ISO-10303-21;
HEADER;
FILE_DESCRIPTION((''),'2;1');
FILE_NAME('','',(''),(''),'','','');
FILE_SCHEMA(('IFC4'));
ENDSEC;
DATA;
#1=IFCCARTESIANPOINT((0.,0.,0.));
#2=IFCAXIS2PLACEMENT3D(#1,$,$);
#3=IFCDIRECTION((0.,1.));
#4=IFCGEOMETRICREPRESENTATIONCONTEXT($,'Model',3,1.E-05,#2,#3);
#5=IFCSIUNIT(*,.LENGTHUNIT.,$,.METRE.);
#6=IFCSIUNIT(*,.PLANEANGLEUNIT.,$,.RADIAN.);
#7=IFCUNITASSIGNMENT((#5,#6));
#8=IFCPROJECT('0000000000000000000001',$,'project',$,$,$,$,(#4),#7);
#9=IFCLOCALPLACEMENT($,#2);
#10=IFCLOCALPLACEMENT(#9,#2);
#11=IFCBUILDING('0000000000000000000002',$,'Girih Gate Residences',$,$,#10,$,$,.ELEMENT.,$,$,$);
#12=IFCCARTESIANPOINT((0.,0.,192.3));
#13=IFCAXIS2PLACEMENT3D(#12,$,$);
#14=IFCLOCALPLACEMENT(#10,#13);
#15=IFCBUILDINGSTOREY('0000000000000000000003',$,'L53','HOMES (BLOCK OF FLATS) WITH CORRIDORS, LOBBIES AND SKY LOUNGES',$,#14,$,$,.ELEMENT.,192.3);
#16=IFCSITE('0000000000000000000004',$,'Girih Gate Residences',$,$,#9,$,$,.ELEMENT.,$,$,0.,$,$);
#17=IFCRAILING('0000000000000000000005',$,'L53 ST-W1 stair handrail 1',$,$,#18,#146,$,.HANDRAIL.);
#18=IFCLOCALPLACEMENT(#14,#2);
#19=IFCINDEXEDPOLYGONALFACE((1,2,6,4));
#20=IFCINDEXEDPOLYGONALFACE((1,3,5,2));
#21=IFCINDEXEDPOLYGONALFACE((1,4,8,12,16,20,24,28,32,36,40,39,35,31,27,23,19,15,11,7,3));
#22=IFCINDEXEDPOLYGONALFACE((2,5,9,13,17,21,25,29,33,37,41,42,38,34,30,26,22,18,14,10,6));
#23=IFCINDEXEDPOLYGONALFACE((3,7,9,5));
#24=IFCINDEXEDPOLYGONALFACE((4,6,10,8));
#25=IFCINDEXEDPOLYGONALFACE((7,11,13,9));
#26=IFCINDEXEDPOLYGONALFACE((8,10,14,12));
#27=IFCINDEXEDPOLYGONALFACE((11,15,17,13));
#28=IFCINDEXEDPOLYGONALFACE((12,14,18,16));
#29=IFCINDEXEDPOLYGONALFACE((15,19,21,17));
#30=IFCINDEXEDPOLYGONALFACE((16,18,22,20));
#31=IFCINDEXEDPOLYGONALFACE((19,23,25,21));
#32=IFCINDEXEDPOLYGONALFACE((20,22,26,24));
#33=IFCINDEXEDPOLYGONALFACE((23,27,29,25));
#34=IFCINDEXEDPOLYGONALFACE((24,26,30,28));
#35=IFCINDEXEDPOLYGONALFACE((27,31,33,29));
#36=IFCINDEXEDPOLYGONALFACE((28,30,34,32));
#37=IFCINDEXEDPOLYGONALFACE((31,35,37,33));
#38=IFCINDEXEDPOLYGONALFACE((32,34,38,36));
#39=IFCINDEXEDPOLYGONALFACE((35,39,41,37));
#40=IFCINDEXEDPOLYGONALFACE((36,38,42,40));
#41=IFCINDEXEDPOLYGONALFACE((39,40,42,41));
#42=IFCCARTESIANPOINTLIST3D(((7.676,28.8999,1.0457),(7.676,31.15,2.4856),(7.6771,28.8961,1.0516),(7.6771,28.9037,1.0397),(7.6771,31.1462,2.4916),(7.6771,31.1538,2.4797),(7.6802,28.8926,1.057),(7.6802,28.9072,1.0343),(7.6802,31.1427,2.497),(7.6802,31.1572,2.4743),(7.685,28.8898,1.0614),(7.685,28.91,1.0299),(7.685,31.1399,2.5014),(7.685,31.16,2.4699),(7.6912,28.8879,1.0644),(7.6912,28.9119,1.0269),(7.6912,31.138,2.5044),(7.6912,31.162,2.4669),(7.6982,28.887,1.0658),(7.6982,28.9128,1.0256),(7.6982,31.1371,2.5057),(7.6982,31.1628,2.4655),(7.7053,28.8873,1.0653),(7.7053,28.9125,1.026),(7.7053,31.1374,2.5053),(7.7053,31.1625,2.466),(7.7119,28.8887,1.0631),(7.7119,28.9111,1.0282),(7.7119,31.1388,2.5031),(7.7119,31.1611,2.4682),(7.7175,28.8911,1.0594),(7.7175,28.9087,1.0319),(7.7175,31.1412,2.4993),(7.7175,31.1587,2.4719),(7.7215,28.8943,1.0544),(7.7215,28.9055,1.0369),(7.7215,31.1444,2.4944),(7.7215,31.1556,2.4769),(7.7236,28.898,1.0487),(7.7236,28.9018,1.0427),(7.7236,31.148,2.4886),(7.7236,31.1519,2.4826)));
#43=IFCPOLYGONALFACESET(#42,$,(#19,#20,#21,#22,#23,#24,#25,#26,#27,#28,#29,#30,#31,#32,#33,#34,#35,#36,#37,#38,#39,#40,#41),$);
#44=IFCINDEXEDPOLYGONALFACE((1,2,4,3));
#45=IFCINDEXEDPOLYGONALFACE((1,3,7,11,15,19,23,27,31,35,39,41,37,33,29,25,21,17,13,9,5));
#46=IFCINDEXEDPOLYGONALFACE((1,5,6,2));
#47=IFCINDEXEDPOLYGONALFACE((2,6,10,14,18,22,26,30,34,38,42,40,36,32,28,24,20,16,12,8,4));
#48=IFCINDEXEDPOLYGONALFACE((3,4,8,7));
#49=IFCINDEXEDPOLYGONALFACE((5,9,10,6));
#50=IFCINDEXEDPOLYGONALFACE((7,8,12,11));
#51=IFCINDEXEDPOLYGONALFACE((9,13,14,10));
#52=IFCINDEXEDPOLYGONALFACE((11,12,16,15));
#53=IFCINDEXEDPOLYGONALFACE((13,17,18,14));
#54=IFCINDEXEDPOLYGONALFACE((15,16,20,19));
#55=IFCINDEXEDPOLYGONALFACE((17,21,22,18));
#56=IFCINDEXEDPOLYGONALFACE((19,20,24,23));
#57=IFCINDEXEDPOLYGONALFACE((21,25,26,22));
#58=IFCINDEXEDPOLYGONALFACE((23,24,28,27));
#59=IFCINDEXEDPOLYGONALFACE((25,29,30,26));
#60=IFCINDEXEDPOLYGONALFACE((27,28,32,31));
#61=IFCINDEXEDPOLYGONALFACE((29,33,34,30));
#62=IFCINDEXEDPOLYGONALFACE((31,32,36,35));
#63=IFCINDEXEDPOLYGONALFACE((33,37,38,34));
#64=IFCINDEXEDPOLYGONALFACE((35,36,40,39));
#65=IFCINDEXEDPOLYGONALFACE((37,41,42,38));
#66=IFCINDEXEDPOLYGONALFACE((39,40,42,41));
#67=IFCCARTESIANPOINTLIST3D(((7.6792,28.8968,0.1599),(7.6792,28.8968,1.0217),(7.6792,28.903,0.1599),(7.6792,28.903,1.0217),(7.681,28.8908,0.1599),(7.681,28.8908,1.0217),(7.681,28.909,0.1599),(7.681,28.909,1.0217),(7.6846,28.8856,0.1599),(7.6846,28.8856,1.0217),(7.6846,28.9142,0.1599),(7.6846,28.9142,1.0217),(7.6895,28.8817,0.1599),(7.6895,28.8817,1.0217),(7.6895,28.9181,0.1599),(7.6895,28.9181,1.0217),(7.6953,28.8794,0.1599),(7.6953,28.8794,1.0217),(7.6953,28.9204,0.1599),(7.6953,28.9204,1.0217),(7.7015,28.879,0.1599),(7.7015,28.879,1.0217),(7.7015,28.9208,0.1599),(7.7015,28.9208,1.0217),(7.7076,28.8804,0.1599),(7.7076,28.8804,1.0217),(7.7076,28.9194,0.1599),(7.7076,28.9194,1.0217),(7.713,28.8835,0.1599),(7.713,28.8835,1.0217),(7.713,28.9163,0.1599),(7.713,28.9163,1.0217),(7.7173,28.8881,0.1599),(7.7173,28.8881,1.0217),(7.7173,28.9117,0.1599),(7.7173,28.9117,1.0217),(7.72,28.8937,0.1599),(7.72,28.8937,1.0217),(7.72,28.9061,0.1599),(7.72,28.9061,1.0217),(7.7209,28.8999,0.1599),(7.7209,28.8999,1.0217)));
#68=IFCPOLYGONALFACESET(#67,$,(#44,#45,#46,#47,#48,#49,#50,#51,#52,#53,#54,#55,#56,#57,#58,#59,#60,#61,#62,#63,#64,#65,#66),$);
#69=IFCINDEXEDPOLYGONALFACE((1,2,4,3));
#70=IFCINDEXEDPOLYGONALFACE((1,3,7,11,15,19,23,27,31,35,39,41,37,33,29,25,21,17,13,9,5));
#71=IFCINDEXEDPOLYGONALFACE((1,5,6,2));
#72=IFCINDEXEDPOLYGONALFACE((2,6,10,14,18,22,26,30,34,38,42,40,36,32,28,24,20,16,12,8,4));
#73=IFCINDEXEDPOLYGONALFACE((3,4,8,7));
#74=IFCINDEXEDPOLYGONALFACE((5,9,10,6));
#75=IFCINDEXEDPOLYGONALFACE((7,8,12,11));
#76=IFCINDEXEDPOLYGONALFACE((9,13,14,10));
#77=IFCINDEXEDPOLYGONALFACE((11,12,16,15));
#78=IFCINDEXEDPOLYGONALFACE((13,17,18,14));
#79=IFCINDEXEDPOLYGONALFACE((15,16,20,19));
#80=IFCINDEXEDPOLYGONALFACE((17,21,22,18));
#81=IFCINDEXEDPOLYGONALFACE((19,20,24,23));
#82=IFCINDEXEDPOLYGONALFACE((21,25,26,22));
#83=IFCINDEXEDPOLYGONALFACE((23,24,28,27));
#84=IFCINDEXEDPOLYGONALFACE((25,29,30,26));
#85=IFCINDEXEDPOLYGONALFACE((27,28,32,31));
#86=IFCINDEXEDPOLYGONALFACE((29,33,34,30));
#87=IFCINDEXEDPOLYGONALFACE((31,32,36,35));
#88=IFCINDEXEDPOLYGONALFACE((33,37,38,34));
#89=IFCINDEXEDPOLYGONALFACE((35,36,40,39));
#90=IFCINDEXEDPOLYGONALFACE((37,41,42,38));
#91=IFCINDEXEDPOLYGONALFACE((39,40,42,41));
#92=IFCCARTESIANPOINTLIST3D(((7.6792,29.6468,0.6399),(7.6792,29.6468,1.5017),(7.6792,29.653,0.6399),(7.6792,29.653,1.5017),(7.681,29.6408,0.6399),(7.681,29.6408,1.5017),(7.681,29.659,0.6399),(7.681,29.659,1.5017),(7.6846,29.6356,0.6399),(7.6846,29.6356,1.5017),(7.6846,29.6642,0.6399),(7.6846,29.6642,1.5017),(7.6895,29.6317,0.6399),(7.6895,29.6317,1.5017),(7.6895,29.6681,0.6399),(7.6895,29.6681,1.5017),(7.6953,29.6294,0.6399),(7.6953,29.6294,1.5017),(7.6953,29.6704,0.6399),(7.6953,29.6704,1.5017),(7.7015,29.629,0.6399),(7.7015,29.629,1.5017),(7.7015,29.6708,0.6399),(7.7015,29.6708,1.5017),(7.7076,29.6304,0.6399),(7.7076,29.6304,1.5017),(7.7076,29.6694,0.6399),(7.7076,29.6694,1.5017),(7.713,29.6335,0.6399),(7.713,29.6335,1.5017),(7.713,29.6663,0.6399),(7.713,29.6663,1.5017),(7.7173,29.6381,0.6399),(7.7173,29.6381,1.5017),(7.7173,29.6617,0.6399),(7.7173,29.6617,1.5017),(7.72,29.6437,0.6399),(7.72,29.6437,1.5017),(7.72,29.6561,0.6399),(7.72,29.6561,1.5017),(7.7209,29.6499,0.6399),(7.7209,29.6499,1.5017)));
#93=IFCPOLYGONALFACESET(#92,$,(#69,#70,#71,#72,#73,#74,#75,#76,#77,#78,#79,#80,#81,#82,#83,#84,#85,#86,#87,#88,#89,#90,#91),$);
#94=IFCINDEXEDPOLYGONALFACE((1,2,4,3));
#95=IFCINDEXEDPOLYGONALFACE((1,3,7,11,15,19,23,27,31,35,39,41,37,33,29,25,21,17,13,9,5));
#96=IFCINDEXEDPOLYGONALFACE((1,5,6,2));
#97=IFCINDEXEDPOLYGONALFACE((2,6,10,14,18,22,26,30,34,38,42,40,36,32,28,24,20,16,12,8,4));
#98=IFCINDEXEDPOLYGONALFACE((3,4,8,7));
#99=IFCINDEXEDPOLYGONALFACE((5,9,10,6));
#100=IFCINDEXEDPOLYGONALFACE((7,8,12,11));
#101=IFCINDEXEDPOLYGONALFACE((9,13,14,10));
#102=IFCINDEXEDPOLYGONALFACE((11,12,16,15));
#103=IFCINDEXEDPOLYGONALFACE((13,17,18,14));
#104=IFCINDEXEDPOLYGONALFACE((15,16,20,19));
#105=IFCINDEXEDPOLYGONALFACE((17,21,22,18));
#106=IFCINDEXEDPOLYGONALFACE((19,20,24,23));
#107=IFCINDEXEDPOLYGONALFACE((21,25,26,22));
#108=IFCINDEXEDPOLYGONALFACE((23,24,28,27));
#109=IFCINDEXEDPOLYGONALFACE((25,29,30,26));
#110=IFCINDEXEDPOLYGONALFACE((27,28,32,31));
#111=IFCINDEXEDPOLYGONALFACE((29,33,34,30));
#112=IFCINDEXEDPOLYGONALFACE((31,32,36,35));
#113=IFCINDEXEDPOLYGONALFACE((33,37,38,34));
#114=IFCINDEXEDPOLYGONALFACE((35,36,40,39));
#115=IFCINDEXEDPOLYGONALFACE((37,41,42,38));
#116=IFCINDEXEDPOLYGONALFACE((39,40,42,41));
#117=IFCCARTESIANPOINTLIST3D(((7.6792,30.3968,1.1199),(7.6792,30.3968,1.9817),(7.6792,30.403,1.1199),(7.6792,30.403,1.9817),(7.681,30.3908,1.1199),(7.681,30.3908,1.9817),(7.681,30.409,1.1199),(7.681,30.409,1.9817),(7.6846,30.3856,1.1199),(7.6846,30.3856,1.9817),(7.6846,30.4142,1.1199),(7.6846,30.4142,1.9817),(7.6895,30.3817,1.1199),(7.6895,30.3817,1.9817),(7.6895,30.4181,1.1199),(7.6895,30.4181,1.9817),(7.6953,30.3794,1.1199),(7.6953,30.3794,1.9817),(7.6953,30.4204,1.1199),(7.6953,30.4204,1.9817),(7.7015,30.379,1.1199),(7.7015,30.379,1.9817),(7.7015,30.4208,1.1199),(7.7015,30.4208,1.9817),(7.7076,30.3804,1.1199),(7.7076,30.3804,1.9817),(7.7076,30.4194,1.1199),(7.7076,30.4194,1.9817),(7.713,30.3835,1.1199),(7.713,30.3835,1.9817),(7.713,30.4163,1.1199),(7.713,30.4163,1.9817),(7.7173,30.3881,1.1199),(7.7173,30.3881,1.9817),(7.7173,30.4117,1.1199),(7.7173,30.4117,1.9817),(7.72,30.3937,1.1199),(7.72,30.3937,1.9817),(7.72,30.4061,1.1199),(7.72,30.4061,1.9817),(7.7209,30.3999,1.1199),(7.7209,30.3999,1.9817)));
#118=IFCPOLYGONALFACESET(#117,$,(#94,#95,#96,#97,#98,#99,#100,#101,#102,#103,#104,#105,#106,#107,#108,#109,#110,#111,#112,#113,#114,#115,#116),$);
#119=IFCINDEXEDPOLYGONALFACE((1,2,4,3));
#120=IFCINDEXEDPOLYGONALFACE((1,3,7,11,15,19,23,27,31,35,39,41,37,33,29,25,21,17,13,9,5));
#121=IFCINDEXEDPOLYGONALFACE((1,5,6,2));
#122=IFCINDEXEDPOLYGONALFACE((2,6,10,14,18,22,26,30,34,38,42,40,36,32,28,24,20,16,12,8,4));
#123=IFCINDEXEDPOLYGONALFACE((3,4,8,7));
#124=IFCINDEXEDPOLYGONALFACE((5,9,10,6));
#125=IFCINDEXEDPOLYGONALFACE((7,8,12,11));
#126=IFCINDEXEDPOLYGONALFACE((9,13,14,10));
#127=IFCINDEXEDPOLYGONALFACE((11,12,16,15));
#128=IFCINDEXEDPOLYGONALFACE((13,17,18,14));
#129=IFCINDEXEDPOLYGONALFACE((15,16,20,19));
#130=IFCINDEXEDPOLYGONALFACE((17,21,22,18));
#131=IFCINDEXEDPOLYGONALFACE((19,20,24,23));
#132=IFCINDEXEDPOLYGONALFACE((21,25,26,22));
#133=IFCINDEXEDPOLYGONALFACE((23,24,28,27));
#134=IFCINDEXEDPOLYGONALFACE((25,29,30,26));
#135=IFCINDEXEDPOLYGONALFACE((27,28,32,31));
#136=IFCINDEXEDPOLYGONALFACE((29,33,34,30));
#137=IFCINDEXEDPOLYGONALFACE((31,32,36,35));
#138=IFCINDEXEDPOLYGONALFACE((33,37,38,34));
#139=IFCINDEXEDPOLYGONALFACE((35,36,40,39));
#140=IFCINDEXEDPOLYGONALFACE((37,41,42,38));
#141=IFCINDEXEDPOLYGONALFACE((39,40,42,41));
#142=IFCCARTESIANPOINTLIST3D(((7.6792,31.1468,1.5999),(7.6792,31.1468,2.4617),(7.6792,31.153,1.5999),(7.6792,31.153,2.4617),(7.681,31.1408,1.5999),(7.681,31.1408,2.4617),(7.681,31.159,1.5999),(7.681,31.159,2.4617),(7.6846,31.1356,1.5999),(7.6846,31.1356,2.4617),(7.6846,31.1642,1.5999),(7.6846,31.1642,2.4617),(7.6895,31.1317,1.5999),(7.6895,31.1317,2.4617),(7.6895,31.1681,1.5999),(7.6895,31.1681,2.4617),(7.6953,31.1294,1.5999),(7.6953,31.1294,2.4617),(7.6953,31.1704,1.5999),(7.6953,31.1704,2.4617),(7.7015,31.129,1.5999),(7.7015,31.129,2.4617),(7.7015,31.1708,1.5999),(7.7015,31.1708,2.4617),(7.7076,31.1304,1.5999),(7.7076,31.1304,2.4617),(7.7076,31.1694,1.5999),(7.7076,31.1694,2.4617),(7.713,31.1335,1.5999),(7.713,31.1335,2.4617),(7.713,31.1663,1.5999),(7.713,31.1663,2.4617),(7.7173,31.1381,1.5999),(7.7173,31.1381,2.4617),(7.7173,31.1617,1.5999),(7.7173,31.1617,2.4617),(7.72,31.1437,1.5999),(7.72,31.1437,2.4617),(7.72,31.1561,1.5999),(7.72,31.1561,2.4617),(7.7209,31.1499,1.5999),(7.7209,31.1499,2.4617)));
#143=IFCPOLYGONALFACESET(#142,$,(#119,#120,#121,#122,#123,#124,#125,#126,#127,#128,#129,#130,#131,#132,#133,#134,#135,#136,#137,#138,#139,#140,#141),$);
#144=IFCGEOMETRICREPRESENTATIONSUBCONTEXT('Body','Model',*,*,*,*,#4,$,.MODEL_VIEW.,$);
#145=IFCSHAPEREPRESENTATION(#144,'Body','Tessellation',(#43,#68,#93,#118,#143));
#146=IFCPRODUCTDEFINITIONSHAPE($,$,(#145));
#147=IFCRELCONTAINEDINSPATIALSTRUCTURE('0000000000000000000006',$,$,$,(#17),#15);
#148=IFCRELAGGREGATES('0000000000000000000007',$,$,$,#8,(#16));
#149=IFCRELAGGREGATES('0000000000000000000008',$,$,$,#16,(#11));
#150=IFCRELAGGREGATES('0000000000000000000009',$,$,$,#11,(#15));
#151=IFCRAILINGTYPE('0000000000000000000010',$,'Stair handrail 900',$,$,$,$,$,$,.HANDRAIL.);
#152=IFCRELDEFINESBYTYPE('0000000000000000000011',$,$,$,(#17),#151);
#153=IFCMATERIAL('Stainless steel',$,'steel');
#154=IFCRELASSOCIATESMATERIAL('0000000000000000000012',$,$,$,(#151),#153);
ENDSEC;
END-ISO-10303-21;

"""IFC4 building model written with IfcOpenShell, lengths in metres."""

from ifc_helpers import new_model, si_unit, direction, frame, origin, origin_2d, place, context, subcontext, project, spatial, circle, extrude, material, type_object, element, save


model = new_model("IFC4")

# Units and contexts
model_context = context("Model", 3, precision=1e-05, world=origin(), true_north=direction((0.0, 1.0)))
body_context = subcontext(model_context, "Body", "Model", "MODEL_VIEW")
ifc_project = project(units=[si_unit("LENGTHUNIT", "METRE"), si_unit("PLANEANGLEUNIT", "RADIAN")], contexts=[model_context])

# Site, building, storey
site_placement = place(None, origin())
site = spatial("IfcSite", under=ifc_project, at=site_placement, Name="Girih Gate Residences", CompositionType="ELEMENT", RefElevation=0.0)
building_placement = place(site_placement, origin())
building = spatial("IfcBuilding", under=site, at=building_placement, Name="Girih Gate Residences", CompositionType="ELEMENT")
storey_placement = place(building_placement, frame((0.0, 0.0, 192.3)))
storey = spatial("IfcBuildingStorey", under=building, at=storey_placement, Name="L53", Description="HOMES (BLOCK OF FLATS) WITH CORRIDORS, LOBBIES AND SKY LOUNGES", CompositionType="ELEMENT", Elevation=192.3)

# Railing
ifc_material_1 = material(Name="Stainless steel", Category="steel")
railing_type_1 = type_object("IfcRailingType", Name="Stair handrail 900", PredefinedType="HANDRAIL", material=ifc_material_1)
for number, where, name in (
    (1, (7.7, 28.8999, 0.1599), "L53 ST-W1 stair handrail 1"),
):
    element("IfcRailing", number, at=place(storey_placement, frame(where)), inside=storey, type_object=railing_type_1, Name=name, PredefinedType="HANDRAIL", context=body_context, shape_type="SweptSolid", body=[
        extrude(circle(Radius=0.0239, at=origin_2d()), frame((0.0, 0.0, 0.8857), z_axis=(0.0, 0.842281, 0.539038), x_axis=(-1.0, 0.0, 0.0)), (0.0, 0.0, 1.0), 2.6714),
        extrude(circle(Radius=0.021, at=origin_2d()), origin(), (0.0, 0.0, 1.0), 0.8618),
        extrude(circle(Radius=0.021, at=origin_2d()), frame((0.0, 0.75, 0.48)), (0.0, 0.0, 1.0), 0.8618),
        extrude(circle(Radius=0.021, at=origin_2d()), frame((0.0, 1.5, 0.96)), (0.0, 0.0, 1.0), 0.8618),
        extrude(circle(Radius=0.021, at=origin_2d()), frame((0.0, 2.25, 1.4399)), (0.0, 0.0, 1.0), 0.8618),
    ])

save(model, "model.ifc")
